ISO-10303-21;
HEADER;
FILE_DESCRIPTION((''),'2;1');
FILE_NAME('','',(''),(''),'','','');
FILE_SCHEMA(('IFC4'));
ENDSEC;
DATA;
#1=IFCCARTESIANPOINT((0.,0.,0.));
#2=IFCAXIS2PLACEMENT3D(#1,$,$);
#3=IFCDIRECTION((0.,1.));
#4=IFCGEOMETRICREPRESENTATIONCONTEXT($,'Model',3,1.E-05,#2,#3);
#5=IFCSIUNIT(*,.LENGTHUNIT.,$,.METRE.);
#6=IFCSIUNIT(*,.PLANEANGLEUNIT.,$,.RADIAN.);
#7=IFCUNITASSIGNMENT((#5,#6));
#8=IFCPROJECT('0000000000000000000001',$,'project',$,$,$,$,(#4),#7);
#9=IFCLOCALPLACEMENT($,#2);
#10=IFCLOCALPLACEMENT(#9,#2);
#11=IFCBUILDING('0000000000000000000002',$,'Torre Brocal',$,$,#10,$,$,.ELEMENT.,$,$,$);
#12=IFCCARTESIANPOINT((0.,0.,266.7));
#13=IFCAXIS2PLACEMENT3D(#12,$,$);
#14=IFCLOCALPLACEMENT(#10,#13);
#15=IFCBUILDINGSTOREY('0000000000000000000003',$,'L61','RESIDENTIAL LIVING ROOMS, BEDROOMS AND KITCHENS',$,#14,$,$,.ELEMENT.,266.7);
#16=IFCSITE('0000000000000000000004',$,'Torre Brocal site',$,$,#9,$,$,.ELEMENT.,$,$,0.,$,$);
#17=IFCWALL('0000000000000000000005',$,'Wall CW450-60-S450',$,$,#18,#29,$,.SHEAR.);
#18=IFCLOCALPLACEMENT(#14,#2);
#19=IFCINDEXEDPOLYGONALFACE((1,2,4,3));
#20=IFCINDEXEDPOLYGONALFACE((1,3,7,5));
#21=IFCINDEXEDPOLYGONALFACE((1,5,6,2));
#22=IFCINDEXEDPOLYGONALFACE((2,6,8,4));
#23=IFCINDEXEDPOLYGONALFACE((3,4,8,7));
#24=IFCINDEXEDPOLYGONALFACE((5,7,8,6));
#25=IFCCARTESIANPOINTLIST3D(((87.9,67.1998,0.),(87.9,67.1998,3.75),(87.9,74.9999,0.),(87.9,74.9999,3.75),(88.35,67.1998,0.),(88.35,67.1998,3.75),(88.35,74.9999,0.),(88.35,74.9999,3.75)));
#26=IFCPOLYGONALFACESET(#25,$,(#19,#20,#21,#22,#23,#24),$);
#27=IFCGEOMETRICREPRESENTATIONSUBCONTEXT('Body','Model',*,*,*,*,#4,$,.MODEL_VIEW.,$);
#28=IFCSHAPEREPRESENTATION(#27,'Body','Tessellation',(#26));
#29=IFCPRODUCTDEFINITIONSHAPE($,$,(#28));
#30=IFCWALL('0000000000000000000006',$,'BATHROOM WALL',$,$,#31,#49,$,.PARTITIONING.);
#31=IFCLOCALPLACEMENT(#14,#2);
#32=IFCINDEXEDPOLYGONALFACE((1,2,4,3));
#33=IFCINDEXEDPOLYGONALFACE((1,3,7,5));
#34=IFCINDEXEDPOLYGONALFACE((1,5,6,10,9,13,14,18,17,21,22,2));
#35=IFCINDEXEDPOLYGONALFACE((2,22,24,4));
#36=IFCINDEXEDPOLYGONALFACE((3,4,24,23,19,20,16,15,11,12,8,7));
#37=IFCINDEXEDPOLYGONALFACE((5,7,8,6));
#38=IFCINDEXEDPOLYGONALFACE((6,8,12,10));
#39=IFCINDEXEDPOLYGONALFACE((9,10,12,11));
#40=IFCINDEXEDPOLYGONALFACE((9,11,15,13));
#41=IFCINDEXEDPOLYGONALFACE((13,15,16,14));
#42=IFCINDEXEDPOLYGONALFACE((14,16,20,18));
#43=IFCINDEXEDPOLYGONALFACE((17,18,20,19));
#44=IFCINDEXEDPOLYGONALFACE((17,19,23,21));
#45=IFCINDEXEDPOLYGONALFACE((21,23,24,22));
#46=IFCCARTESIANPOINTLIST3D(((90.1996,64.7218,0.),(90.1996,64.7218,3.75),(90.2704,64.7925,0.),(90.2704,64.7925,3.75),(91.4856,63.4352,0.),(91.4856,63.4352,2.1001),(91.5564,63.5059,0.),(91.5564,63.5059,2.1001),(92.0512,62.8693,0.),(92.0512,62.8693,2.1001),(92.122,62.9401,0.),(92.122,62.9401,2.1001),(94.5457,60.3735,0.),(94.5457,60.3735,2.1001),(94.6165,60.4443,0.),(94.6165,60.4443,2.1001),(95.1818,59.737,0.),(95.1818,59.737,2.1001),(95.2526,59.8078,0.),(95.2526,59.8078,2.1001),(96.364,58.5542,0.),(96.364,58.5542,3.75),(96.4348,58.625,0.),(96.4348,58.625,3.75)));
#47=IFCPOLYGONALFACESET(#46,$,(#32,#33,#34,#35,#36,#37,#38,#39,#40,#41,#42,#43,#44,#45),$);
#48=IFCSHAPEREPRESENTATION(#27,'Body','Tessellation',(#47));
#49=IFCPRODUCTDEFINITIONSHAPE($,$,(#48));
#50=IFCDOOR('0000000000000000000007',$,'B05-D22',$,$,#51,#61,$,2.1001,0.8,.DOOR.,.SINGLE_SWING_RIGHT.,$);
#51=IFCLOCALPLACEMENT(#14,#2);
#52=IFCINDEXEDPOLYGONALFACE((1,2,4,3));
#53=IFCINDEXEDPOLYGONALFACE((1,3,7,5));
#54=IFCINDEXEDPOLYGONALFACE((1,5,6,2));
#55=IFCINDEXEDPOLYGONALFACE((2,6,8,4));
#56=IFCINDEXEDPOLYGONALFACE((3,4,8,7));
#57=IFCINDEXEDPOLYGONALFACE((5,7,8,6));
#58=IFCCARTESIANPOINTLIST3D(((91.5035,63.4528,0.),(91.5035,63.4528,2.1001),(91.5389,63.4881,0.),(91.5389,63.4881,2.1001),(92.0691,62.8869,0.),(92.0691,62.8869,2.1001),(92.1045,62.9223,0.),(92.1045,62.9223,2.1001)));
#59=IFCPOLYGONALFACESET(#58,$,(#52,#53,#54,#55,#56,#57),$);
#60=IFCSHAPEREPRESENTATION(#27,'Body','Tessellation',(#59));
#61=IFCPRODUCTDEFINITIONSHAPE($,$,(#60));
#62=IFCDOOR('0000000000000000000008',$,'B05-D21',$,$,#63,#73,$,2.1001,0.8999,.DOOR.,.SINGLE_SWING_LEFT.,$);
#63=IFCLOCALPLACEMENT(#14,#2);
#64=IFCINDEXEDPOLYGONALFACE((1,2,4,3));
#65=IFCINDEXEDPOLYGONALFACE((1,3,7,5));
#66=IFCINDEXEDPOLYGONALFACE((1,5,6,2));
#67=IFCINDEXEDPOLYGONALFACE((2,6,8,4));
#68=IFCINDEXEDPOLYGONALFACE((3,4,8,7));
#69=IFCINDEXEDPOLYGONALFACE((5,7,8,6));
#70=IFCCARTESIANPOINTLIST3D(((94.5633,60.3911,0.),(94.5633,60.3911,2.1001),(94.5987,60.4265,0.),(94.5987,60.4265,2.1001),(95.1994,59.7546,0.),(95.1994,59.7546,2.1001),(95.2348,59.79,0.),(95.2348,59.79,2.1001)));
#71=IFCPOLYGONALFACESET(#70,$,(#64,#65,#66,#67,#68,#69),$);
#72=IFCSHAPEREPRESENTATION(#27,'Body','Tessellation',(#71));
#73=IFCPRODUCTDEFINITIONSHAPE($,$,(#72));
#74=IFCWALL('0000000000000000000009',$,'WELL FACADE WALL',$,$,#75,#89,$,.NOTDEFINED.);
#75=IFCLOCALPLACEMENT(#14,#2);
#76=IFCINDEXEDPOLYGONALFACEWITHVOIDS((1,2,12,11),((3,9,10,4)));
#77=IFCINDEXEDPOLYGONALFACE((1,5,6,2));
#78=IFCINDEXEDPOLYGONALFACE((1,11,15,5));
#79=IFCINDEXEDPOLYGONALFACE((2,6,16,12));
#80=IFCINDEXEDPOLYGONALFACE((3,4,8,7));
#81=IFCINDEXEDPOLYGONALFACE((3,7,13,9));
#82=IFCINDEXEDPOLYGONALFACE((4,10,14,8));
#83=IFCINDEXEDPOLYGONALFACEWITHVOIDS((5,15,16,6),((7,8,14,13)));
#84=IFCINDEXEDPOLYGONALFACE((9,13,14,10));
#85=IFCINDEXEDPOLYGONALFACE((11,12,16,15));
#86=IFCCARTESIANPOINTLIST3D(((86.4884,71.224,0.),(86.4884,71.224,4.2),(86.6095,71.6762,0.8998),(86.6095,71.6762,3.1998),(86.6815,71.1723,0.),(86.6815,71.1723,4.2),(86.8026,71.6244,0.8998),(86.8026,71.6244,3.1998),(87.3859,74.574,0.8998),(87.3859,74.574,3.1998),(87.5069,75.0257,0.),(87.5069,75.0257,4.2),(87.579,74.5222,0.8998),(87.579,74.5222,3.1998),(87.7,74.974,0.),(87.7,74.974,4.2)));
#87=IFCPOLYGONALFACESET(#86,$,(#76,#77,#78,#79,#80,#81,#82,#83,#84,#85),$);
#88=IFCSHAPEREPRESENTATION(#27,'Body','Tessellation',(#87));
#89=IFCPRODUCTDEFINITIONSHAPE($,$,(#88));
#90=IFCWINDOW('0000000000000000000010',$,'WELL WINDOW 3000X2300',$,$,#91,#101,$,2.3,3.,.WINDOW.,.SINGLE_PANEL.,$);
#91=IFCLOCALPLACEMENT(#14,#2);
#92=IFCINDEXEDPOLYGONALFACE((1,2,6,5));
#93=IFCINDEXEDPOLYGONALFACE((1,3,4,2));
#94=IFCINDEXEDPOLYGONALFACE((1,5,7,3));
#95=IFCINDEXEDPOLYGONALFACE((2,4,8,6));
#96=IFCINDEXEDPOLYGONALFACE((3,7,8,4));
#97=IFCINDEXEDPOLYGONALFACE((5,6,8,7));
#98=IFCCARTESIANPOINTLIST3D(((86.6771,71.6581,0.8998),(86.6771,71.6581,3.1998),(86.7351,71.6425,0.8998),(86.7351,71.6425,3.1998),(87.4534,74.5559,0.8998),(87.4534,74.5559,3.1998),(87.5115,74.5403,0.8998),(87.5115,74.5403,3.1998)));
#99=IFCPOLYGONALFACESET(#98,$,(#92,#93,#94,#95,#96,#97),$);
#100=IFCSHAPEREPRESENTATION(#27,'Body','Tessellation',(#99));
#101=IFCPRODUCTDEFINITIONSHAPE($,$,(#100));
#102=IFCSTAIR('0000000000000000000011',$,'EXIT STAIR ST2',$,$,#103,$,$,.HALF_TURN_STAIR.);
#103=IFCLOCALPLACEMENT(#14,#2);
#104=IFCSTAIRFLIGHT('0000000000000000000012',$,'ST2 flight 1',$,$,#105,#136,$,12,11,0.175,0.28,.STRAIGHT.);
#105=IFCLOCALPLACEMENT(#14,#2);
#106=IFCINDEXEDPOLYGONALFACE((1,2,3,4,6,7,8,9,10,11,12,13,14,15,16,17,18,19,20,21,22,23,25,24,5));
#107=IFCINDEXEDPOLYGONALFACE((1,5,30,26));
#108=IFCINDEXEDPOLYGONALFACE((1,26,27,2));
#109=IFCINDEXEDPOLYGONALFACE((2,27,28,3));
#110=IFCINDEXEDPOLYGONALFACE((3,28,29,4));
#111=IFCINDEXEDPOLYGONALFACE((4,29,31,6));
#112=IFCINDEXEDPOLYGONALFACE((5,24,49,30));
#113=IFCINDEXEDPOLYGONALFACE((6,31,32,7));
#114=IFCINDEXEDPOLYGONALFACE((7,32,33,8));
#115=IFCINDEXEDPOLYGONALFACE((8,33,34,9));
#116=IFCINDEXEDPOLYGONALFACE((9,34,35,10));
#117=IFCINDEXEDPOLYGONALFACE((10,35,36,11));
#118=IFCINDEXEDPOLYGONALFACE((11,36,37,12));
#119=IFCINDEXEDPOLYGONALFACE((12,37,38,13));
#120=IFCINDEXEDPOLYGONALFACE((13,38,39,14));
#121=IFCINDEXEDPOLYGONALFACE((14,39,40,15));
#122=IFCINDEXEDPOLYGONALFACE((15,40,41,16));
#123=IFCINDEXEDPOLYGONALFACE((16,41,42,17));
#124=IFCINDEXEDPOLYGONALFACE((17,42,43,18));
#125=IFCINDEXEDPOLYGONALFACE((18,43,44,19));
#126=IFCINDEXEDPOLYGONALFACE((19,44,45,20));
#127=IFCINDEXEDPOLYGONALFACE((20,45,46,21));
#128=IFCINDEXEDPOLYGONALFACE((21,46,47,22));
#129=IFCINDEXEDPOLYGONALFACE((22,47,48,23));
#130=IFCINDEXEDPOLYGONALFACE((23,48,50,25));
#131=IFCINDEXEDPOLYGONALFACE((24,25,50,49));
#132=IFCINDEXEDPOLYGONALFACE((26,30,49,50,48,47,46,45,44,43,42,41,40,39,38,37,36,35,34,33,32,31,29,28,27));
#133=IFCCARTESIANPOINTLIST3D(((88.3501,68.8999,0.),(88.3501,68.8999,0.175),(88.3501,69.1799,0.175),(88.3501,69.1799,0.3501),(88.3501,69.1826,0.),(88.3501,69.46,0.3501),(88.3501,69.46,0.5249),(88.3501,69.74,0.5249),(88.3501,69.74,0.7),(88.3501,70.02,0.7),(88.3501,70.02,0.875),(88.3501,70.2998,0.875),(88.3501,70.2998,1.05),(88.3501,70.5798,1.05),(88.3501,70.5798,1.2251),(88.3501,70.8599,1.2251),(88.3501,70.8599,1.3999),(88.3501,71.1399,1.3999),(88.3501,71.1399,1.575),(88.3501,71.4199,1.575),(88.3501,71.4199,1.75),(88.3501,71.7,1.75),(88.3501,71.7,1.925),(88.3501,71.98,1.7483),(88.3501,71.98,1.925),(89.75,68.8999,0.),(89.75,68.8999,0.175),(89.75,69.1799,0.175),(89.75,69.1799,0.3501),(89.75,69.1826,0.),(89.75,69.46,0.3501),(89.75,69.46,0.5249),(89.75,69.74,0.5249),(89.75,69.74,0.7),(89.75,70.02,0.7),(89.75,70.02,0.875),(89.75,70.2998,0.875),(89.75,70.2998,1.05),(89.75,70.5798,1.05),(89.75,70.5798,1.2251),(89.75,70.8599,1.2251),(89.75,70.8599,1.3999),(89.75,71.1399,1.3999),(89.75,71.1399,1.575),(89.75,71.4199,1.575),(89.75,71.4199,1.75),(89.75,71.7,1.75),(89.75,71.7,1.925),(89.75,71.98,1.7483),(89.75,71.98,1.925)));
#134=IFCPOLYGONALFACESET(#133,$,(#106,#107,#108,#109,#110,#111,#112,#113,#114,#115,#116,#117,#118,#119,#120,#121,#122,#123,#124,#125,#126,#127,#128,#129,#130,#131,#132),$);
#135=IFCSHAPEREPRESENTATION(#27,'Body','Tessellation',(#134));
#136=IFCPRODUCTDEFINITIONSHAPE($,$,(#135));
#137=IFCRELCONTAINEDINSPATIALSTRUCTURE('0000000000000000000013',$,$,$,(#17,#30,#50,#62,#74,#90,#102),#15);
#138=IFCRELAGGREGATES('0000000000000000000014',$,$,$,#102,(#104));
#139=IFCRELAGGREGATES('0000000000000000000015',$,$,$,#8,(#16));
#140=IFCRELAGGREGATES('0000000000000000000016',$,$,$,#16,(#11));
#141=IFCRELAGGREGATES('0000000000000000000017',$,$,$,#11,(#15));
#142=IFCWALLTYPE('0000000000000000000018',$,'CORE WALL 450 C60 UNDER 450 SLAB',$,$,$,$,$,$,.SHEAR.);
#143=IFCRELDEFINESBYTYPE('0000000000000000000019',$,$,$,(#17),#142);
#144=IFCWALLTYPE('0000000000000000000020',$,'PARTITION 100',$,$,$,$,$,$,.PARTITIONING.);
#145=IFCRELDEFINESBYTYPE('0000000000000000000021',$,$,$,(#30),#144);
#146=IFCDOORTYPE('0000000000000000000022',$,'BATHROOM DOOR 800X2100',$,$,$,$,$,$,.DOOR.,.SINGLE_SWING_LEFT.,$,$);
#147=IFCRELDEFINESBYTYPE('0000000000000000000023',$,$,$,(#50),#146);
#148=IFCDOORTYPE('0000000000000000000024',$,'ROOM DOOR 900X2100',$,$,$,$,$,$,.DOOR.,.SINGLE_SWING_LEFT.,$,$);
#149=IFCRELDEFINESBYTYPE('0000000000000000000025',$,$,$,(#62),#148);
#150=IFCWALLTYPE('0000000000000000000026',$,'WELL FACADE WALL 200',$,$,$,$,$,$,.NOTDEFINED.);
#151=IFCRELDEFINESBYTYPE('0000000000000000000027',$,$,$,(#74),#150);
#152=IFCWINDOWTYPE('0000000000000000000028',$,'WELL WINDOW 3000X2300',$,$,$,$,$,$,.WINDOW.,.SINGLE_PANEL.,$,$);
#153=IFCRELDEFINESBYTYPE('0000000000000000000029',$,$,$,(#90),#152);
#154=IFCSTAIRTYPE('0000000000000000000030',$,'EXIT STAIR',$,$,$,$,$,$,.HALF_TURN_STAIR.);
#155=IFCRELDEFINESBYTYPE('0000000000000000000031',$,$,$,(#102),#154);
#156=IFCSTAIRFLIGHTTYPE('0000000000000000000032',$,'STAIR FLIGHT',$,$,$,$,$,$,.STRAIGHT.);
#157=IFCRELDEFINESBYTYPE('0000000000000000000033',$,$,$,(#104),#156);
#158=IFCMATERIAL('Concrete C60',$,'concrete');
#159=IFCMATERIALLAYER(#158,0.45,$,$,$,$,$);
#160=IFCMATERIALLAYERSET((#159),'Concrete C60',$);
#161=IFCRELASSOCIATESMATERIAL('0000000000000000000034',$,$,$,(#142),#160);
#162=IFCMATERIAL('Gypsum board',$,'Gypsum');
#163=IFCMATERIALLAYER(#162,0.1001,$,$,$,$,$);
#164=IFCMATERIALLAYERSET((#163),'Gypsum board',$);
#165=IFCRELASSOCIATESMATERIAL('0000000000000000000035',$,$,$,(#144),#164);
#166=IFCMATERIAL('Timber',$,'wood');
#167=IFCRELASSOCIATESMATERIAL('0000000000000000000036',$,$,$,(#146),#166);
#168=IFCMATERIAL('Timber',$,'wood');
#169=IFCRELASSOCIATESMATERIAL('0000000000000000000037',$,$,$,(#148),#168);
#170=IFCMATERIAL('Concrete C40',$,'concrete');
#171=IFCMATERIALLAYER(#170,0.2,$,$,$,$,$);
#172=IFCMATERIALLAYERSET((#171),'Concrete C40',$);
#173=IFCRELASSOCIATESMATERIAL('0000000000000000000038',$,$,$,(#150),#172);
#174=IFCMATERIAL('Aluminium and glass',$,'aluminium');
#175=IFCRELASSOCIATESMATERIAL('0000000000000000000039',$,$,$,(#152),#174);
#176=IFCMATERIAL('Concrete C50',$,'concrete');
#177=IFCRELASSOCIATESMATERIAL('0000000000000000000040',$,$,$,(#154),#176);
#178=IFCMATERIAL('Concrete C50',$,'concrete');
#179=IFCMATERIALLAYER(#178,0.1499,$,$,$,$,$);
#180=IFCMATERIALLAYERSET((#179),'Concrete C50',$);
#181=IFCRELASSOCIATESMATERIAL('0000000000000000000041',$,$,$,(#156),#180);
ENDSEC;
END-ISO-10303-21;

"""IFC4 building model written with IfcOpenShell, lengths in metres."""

from ifc_helpers import new_model, si_unit, direction, frame, frame_2d, origin, place, context, subcontext, project, spatial, polyline, rectangle, outline, extrude, material, layer, layer_set, type_object, element, fill, aggregate, save


model = new_model("IFC4")

# Units and contexts
model_context = context("Model", 3, precision=1e-05, world=origin(), true_north=direction((0.0, 1.0)))
body_context = subcontext(model_context, "Body", "Model", "MODEL_VIEW")
ifc_project = project(units=[si_unit("LENGTHUNIT", "METRE"), si_unit("PLANEANGLEUNIT", "RADIAN")], contexts=[model_context])

# Site, building, storey
site_placement = place(None, origin())
site = spatial("IfcSite", under=ifc_project, at=site_placement, Name="Torre Brocal site", CompositionType="ELEMENT", RefElevation=0.0)
building_placement = place(site_placement, origin())
building = spatial("IfcBuilding", under=site, at=building_placement, Name="Torre Brocal", CompositionType="ELEMENT")
storey_placement = place(building_placement, frame((0.0, 0.0, 266.7)))
storey = spatial("IfcBuildingStorey", under=building, at=storey_placement, Name="L61", Description="RESIDENTIAL LIVING ROOMS, BEDROOMS AND KITCHENS", CompositionType="ELEMENT", Elevation=266.7)

# Wall
ifc_material_1 = material(Name="Concrete C60", Category="concrete")
ifc_layer_1 = layer(ifc_material_1, 0.45)
ifc_layer_set_1 = layer_set([ifc_layer_1], Name="Concrete C60")
wall_type_1 = type_object("IfcWallType", Name="CORE WALL 450 C60 UNDER 450 SLAB", PredefinedType="SHEAR", material=ifc_layer_set_1)
wall_1_placement = place(storey_placement, frame((88.125, 67.2, 0.0), z_axis=(0.0, 0.0, 1.0), x_axis=(0.0, 1.0, 0.0)))
element("IfcWall", 1, at=wall_1_placement, inside=storey, type_object=wall_type_1, Name="Wall CW450-60-S450", PredefinedType="SHEAR", context=body_context, shape_type="SweptSolid", body=[
    extrude(rectangle(XDim=7.8, YDim=0.45, at=frame_2d((3.8999, 0.0))), origin(), (0.0, 0.0, 1.0), 3.75),
])

# Wall, openings, doors
ifc_material_2 = material(Name="Gypsum board", Category="Gypsum")
ifc_layer_2 = layer(ifc_material_2, 0.1001)
ifc_layer_set_2 = layer_set([ifc_layer_2], Name="Gypsum board")
wall_type_2 = type_object("IfcWallType", Name="PARTITION 100", PredefinedType="PARTITIONING", material=ifc_layer_set_2)
wall_2_placement = place(storey_placement, frame((90.2351, 64.7571, 0.0), z_axis=(0.0, 0.0, 1.0), x_axis=(0.706925, -0.707289, 0.0)))
wall_2 = element("IfcWall", 2, at=wall_2_placement, inside=storey, type_object=wall_type_2, Name="BATHROOM WALL", PredefinedType="PARTITIONING", context=body_context, shape_type="SweptSolid", body=[
    extrude(rectangle(XDim=8.72, YDim=0.1001, at=frame_2d((4.3599, 0.0))), origin(), (0.0, 0.0, 1.0), 3.75),
])
opening_1_placement = place(wall_2_placement, frame((6.1477, 0.0, 0.0)))
opening_1 = element("IfcOpeningElement", 3, at=opening_1_placement, cuts=wall_2, PredefinedType="OPENING", context=body_context, shape_type="SweptSolid", body=[
    extrude(rectangle(XDim=0.8999, YDim=2.1001, at=frame_2d((0.45, 1.05))), frame((0.0, 0.0601, 0.0), z_axis=(0.0, -1.0, 0.0), x_axis=(1.0, 0.0, 0.0)), (0.0, 0.0, 1.0), 0.1201),
])
opening_2_placement = place(wall_2_placement, frame((1.8191, 0.0, 0.0)))
opening_2 = element("IfcOpeningElement", 4, at=opening_2_placement, cuts=wall_2, PredefinedType="OPENING", context=body_context, shape_type="SweptSolid", body=[
    extrude(rectangle(XDim=0.8, YDim=2.1001, at=frame_2d((0.3999, 1.05))), frame((0.0, 0.0601, 0.0), z_axis=(0.0, -1.0, 0.0), x_axis=(1.0, 0.0, 0.0)), (0.0, 0.0, 1.0), 0.1201),
])
ifc_material_3 = material(Name="Timber", Category="wood")
door_type_1 = type_object("IfcDoorType", Name="BATHROOM DOOR 800X2100", OperationType="SINGLE_SWING_LEFT", PredefinedType="DOOR", material=ifc_material_3)
door_1_placement = place(opening_2_placement, frame((0.8, 0.0, 0.0), z_axis=(0.0, 0.0, 1.0), x_axis=(-1.0, 0.0, 0.0)))
door_1 = element("IfcDoor", 5, at=door_1_placement, inside=storey, type_object=door_type_1, Name="B05-D22", OperationType="SINGLE_SWING_RIGHT", OverallHeight=2.1001, OverallWidth=0.8, PredefinedType="DOOR", context=body_context, shape_type="SweptSolid", body=[
    extrude(rectangle(XDim=0.8, YDim=2.1001, at=frame_2d((0.3999, 1.05))), frame((0.0, 0.0249, 0.0), z_axis=(0.0, -1.0, 0.0), x_axis=(1.0, 0.0, 0.0)), (0.0, 0.0, 1.0), 0.05),
])
fill(opening_2, door_1)
ifc_material_4 = material(Name="Timber", Category="wood")
door_type_2 = type_object("IfcDoorType", Name="ROOM DOOR 900X2100", OperationType="SINGLE_SWING_LEFT", PredefinedType="DOOR", material=ifc_material_4)
door_2_placement = place(opening_1_placement, origin())
door_2 = element("IfcDoor", 6, at=door_2_placement, inside=storey, type_object=door_type_2, Name="B05-D21", OperationType="SINGLE_SWING_LEFT", OverallHeight=2.1001, OverallWidth=0.8999, PredefinedType="DOOR", context=body_context, shape_type="SweptSolid", body=[
    extrude(rectangle(XDim=0.8999, YDim=2.1001, at=frame_2d((0.45, 1.05))), frame((0.0, 0.0249, 0.0), z_axis=(0.0, -1.0, 0.0), x_axis=(1.0, 0.0, 0.0)), (0.0, 0.0, 1.0), 0.05),
])
fill(opening_1, door_2)

# Wall, opening, window
ifc_material_5 = material(Name="Concrete C40", Category="concrete")
ifc_layer_3 = layer(ifc_material_5, 0.2)
ifc_layer_set_3 = layer_set([ifc_layer_3], Name="Concrete C40")
wall_type_3 = type_object("IfcWallType", Name="WELL FACADE WALL 200", PredefinedType="NOTDEFINED", material=ifc_layer_set_3)
wall_3_placement = place(storey_placement, frame((86.585, 71.1982, 0.0), z_axis=(0.0, 0.0, 1.0), x_axis=(0.25879, 0.965934, 0.0)))
wall_3 = element("IfcWall", 7, at=wall_3_placement, inside=storey, type_object=wall_type_3, Name="WELL FACADE WALL", PredefinedType="NOTDEFINED", context=body_context, shape_type="SweptSolid", body=[
    extrude(rectangle(XDim=3.9358, YDim=0.2, at=frame_2d((1.9678, 0.0))), origin(), (0.0, 0.0, 1.0), 4.2),
])
opening_3_placement = place(wall_3_placement, frame((0.468, 0.0, 0.8999)))
opening_3 = element("IfcOpeningElement", 8, at=opening_3_placement, cuts=wall_3, PredefinedType="OPENING", context=body_context, shape_type="SweptSolid", body=[
    extrude(rectangle(XDim=3.0, YDim=2.3, at=frame_2d((1.5, 1.1499))), frame((0.0, 0.1099, 0.0), z_axis=(0.0, -1.0, 0.0), x_axis=(1.0, 0.0, 0.0)), (0.0, 0.0, 1.0), 0.22),
])
ifc_material_6 = material(Name="Aluminium and glass", Category="aluminium")
window_type = type_object("IfcWindowType", Name="WELL WINDOW 3000X2300", PartitioningType="SINGLE_PANEL", PredefinedType="WINDOW", material=ifc_material_6)
window_placement = place(opening_3_placement, origin())
window = element("IfcWindow", 9, at=window_placement, inside=storey, type_object=window_type, Name="WELL WINDOW 3000X2300", OverallHeight=2.3, OverallWidth=3.0, PartitioningType="SINGLE_PANEL", PredefinedType="WINDOW", context=body_context, shape_type="SweptSolid", body=[
    extrude(rectangle(XDim=3.0, YDim=2.3, at=frame_2d((1.5, 1.1499))), frame((0.0, 0.03, 0.0), z_axis=(0.0, -1.0, 0.0), x_axis=(1.0, 0.0, 0.0)), (0.0, 0.0, 1.0), 0.0601),
])
fill(opening_3, window)

# Stair, stair flight
ifc_material_7 = material(Name="Concrete C50", Category="concrete")
stair_type = type_object("IfcStairType", Name="EXIT STAIR", PredefinedType="HALF_TURN_STAIR", material=ifc_material_7)
stair_placement = place(storey_placement, origin())
stair = element("IfcStair", 10, at=stair_placement, inside=storey, type_object=stair_type, Name="EXIT STAIR ST2", PredefinedType="HALF_TURN_STAIR")
ifc_material_8 = material(Name="Concrete C50", Category="concrete")
ifc_layer_4 = layer(ifc_material_8, 0.1499)
ifc_layer_set_4 = layer_set([ifc_layer_4], Name="Concrete C50")
stair_flight_type = type_object("IfcStairFlightType", Name="STAIR FLIGHT", PredefinedType="STRAIGHT", material=ifc_layer_set_4)
stair_flight_1_placement = place(storey_placement, frame((89.05, 68.8999, 0.0), z_axis=(0.0, 0.0, 1.0), x_axis=(0.0, 1.0, 0.0)))
stair_flight_1 = element("IfcStairFlight", 11, at=stair_flight_1_placement, type_object=stair_flight_type, Name="ST2 flight 1", NumberOfRisers=12, NumberOfTreads=11, PredefinedType="STRAIGHT", RiserHeight=0.175, TreadLength=0.28, context=body_context, shape_type="SweptSolid", body=[
    extrude(outline(polyline([(0.0, 0.0), (0.0, 0.175), (0.28, 0.175), (0.28, 0.3501), (0.5601, 0.3501), (0.5601, 0.5249), (0.8401, 0.5249), (0.8401, 0.7), (1.1201, 0.7), (1.1201, 0.875), (1.3999, 0.875), (1.3999, 1.05), (1.6799, 1.05), (1.6799, 1.2251), (1.96, 1.2251), (1.96, 1.3999), (2.24, 1.3999), (2.24, 1.575), (2.52, 1.575), (2.52, 1.75), (2.8, 1.75), (2.8, 1.925), (3.0801, 1.925), (3.0801, 2.1001), (3.0801, 1.7483), (0.2827, 0.0), (0.0, 0.0)])), frame((0.0, 0.7, 0.0), z_axis=(0.0, -1.0, 0.0), x_axis=(1.0, 0.0, 0.0)), (0.0, 0.0, 1.0), 1.3999),
])
aggregate(stair, [stair_flight_1])

save(model, "model.ifc")
